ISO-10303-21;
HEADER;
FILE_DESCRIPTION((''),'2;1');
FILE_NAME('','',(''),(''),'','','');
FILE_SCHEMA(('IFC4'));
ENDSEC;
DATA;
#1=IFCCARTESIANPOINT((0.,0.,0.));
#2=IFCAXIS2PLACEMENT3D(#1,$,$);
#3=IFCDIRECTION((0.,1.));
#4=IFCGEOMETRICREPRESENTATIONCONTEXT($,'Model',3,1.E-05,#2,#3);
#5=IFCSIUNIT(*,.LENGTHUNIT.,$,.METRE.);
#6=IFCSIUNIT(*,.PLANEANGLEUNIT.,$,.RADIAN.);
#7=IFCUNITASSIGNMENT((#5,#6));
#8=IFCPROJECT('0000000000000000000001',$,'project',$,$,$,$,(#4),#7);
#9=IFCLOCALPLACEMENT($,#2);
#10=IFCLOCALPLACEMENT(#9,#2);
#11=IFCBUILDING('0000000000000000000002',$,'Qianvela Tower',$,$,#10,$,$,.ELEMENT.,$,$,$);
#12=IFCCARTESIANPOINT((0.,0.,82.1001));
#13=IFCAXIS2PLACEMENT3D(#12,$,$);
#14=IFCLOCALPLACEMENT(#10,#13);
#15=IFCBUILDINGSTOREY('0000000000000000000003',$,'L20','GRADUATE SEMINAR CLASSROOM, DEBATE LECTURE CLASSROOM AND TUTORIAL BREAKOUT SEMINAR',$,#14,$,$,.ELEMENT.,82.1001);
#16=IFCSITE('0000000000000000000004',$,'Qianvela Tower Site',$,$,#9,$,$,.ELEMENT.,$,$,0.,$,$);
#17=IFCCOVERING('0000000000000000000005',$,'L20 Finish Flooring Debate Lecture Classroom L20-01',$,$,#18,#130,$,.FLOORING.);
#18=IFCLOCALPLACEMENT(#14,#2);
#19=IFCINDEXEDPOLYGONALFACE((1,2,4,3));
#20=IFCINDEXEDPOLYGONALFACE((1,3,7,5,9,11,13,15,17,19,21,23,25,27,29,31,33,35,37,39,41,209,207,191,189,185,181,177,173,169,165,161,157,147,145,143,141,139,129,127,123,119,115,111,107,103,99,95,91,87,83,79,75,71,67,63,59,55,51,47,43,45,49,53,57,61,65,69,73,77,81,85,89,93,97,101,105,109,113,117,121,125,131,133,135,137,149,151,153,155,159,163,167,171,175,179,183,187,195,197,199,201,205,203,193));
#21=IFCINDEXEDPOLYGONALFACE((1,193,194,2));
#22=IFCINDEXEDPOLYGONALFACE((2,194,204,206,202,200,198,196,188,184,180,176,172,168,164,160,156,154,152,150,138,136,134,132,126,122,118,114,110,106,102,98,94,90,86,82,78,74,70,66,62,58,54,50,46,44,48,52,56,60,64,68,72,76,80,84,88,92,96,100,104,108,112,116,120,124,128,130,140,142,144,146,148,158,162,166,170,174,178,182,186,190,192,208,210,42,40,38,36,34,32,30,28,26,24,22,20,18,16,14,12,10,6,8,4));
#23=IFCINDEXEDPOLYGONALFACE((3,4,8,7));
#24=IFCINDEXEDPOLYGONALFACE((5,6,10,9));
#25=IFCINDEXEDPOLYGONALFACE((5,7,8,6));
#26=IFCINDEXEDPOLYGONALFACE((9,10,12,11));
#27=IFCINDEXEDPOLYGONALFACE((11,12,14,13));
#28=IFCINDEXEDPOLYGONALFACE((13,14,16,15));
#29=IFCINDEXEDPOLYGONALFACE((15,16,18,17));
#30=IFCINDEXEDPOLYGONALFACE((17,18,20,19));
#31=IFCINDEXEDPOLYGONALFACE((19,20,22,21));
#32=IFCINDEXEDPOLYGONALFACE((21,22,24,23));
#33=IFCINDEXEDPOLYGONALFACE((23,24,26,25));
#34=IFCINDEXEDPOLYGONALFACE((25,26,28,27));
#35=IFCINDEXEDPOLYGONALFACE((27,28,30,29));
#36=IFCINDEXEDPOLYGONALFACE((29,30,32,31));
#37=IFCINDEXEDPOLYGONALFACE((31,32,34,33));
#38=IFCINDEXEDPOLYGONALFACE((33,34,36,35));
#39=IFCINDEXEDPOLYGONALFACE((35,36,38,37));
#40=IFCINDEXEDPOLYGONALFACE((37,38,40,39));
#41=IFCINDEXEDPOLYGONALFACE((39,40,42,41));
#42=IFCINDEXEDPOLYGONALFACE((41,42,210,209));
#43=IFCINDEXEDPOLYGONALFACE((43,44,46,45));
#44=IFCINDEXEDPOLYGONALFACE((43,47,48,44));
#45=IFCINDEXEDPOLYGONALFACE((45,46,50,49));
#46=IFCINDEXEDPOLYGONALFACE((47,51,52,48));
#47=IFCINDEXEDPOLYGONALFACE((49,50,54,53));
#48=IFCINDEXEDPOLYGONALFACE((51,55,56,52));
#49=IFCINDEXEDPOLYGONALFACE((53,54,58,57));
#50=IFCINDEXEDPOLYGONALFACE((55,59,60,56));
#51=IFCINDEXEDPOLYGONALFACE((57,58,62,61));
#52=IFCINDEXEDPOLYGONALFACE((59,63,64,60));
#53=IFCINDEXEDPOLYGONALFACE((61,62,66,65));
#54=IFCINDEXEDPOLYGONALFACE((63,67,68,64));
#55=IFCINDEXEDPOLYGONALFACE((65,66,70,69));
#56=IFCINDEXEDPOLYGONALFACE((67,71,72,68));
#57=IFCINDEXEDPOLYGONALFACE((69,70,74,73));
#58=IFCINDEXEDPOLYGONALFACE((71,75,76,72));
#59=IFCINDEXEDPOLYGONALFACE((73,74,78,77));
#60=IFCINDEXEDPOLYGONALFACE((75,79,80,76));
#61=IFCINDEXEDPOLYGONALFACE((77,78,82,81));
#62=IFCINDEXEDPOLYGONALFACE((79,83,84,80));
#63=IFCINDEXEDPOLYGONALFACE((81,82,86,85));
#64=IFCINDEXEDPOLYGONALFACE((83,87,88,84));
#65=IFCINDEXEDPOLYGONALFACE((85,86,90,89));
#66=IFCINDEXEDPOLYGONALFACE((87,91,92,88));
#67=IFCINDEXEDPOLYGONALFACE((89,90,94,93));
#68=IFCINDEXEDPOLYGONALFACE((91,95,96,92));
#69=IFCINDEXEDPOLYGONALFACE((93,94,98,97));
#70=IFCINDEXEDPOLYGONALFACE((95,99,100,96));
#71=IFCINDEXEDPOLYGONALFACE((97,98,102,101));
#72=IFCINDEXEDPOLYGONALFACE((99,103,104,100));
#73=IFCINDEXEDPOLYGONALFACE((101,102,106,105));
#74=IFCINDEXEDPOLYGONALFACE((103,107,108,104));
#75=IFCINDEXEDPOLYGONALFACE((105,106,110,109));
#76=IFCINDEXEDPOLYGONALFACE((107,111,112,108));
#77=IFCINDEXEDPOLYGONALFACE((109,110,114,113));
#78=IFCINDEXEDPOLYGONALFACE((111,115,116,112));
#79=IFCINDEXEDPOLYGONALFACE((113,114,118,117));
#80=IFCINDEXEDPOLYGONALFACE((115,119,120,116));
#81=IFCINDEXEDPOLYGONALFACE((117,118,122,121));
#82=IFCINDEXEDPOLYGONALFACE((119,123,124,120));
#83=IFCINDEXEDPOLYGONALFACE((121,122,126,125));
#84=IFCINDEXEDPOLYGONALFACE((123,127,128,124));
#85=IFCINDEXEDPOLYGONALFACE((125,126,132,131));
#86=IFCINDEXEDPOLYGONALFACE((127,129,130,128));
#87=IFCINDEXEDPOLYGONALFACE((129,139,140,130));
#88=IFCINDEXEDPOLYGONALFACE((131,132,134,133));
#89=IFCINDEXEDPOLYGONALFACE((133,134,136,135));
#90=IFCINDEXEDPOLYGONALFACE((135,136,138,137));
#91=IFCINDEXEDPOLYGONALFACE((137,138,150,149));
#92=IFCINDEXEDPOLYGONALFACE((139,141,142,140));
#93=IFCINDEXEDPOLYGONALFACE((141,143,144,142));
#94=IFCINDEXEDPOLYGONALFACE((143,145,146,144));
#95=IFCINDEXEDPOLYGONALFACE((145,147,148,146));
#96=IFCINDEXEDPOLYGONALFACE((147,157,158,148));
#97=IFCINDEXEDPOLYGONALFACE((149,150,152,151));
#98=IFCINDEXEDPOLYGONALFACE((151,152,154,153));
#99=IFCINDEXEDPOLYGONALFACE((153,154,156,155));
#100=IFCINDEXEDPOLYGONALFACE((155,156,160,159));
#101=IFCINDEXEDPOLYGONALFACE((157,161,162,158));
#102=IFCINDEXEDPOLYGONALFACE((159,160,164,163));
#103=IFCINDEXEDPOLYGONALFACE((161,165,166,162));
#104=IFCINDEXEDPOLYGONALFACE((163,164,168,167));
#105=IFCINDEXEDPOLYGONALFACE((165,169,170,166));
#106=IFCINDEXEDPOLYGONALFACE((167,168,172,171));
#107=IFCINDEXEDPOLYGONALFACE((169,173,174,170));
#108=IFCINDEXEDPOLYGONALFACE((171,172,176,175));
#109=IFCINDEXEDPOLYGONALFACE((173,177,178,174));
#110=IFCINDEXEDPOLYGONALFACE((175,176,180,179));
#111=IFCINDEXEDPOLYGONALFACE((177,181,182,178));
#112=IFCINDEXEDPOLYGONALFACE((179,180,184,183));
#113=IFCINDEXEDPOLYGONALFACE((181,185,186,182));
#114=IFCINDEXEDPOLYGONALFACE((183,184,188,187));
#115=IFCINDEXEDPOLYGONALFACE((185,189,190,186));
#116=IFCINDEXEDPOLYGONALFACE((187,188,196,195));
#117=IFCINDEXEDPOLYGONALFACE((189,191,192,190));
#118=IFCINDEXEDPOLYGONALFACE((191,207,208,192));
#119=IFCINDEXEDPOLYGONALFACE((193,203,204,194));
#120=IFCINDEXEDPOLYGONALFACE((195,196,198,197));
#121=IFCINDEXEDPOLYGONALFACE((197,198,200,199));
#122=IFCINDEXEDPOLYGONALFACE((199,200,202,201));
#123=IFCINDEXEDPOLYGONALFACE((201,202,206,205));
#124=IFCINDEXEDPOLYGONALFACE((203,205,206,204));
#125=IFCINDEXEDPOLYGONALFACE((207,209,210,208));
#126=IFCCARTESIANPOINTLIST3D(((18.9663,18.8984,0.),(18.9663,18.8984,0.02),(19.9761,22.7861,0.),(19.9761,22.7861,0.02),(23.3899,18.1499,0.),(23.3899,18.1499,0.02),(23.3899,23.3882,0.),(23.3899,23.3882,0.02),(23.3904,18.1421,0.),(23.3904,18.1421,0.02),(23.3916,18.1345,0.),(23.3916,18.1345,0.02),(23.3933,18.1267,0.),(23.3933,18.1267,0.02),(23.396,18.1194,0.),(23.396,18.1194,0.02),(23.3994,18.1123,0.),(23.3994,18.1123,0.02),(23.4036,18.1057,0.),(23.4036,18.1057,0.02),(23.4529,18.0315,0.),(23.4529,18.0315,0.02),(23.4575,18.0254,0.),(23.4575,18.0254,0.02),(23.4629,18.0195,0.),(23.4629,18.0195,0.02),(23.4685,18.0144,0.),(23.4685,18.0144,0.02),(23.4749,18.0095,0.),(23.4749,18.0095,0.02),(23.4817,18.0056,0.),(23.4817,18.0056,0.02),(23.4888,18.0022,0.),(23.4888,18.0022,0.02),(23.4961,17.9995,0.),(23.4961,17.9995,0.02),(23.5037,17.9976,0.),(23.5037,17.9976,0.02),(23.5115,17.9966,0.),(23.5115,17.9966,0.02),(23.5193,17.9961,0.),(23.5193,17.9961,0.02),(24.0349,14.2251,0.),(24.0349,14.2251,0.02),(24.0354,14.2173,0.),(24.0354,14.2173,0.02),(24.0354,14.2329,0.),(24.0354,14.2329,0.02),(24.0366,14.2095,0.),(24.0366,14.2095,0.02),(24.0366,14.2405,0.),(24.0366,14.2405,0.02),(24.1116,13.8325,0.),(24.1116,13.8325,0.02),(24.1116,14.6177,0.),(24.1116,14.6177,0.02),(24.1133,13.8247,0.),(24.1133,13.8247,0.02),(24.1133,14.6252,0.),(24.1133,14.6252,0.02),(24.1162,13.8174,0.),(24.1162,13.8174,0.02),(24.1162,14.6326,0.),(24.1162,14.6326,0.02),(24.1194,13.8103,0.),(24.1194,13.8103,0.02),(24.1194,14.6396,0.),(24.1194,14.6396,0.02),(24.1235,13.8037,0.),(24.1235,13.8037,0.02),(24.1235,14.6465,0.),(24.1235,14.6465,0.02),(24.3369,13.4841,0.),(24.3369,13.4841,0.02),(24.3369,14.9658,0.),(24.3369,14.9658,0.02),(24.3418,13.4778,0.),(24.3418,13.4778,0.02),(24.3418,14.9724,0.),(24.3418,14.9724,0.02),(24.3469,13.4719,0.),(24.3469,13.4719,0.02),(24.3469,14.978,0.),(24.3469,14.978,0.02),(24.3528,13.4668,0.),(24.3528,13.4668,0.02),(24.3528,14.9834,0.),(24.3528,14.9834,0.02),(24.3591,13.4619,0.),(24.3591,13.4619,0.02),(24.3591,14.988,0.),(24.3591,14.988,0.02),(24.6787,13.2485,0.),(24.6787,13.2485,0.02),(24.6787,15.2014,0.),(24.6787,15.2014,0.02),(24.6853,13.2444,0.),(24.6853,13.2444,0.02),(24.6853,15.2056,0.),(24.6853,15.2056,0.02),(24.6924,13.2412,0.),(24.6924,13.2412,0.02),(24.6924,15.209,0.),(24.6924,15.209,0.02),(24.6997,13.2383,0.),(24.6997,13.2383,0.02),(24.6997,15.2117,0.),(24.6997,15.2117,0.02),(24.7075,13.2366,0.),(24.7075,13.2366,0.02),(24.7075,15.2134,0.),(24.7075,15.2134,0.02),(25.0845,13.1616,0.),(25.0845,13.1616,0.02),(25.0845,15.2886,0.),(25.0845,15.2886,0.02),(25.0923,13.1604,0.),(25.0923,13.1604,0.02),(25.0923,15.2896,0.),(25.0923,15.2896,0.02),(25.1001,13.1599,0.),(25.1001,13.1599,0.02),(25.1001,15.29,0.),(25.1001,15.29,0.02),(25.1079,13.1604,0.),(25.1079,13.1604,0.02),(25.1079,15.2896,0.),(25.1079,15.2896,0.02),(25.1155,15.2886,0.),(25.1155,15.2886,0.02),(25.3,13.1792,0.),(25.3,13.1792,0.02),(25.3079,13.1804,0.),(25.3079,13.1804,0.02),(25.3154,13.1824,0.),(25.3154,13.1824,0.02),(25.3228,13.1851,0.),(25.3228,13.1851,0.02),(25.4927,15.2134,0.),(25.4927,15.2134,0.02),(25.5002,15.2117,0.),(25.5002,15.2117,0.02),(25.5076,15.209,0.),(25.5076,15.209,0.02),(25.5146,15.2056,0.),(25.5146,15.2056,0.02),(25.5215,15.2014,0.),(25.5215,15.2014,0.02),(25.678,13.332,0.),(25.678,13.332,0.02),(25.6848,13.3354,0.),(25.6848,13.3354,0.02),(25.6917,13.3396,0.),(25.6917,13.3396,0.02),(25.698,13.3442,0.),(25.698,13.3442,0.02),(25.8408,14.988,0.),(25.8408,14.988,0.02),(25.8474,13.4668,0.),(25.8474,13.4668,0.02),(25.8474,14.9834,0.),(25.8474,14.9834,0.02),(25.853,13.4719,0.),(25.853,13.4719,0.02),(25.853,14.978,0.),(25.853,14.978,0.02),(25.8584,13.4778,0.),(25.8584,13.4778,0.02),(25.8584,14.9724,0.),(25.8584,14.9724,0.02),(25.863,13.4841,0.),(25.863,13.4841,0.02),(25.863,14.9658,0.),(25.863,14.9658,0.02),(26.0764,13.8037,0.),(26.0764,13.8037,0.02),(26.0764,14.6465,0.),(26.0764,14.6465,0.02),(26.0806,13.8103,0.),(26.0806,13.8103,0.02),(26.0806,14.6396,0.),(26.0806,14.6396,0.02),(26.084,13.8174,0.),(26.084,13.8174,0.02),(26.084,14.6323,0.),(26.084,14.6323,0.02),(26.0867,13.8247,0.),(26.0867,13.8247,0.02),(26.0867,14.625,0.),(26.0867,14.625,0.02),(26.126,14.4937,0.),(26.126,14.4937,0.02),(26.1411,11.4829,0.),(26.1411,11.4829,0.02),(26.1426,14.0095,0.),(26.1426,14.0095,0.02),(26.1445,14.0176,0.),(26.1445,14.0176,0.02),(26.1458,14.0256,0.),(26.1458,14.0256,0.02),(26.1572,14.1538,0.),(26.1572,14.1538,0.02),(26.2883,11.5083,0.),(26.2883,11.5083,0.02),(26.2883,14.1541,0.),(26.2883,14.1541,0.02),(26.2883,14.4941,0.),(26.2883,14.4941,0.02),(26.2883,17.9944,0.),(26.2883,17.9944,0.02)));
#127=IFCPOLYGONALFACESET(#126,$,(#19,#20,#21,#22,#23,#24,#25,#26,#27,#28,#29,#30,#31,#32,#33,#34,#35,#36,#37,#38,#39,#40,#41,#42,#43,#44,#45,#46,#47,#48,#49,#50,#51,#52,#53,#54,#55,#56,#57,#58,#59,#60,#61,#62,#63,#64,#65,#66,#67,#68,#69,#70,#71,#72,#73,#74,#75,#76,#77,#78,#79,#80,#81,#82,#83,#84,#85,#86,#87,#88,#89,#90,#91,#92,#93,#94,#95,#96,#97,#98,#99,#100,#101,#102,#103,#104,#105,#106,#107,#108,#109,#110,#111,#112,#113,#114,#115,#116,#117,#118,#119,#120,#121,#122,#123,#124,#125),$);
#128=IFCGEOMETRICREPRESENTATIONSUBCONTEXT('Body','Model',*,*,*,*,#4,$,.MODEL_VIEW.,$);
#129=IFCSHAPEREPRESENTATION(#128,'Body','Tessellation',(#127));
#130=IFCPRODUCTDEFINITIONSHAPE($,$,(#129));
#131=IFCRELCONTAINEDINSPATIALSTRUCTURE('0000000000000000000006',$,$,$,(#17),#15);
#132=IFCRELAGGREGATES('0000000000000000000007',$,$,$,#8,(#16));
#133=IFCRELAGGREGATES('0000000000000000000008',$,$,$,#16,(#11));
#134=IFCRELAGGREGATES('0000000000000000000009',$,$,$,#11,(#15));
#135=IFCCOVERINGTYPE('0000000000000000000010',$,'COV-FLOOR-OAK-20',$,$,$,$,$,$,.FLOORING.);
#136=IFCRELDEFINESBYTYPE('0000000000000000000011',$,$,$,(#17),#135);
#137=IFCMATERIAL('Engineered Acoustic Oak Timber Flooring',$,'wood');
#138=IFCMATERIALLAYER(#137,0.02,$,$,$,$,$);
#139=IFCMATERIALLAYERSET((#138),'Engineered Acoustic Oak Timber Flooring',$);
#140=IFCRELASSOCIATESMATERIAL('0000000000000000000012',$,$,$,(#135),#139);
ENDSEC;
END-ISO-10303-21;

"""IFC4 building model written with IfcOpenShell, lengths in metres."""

from ifc_helpers import new_model, si_unit, direction, frame, origin, place, context, subcontext, project, spatial, polyline, outline, extrude, material, layer, layer_set, type_object, element, save


model = new_model("IFC4")

# Units and contexts
model_context = context("Model", 3, precision=1e-05, world=origin(), true_north=direction((0.0, 1.0)))
body_context = subcontext(model_context, "Body", "Model", "MODEL_VIEW")
ifc_project = project(units=[si_unit("LENGTHUNIT", "METRE"), si_unit("PLANEANGLEUNIT", "RADIAN")], contexts=[model_context])

# Site, building, storey
site_placement = place(None, origin())
site = spatial("IfcSite", under=ifc_project, at=site_placement, Name="Qianvela Tower Site", CompositionType="ELEMENT", RefElevation=0.0)
building_placement = place(site_placement, origin())
building = spatial("IfcBuilding", under=site, at=building_placement, Name="Qianvela Tower", CompositionType="ELEMENT")
storey_placement = place(building_placement, frame((0.0, 0.0, 82.1001)))
storey = spatial("IfcBuildingStorey", under=building, at=storey_placement, Name="L20", Description="GRADUATE SEMINAR CLASSROOM, DEBATE LECTURE CLASSROOM AND TUTORIAL BREAKOUT SEMINAR", CompositionType="ELEMENT", Elevation=82.1001)

# Covering
ifc_material_1 = material(Name="Engineered Acoustic Oak Timber Flooring", Category="wood")
ifc_layer_1 = layer(ifc_material_1, 0.02)
ifc_layer_set_1 = layer_set([ifc_layer_1], Name="Engineered Acoustic Oak Timber Flooring")
covering_type_1 = type_object("IfcCoveringType", Name="COV-FLOOR-OAK-20", PredefinedType="FLOORING", material=ifc_layer_set_1)
covering_1_placement = place(storey_placement, origin())
element("IfcCovering", 1, at=covering_1_placement, inside=storey, type_object=covering_type_1, Name="L20 Finish Flooring Debate Lecture Classroom L20-01", PredefinedType="FLOORING", context=body_context, shape_type="SweptSolid", body=[
    extrude(outline(polyline([(23.4529, 18.0315), (23.4575, 18.0254), (23.4629, 18.0195), (23.4685, 18.0144), (23.4749, 18.0095), (23.4817, 18.0056), (23.4888, 18.0022), (23.4961, 17.9995), (23.5037, 17.9976), (23.5115, 17.9966), (23.5193, 17.9961), (26.2883, 17.9944), (26.2883, 14.4941), (26.126, 14.4937), (26.0867, 14.625), (26.084, 14.6323), (26.0806, 14.6396), (26.0764, 14.6465), (25.863, 14.9658), (25.8584, 14.9724), (25.853, 14.978), (25.8474, 14.9834), (25.8408, 14.988), (25.5215, 15.2014), (25.5146, 15.2056), (25.5076, 15.209), (25.5002, 15.2117), (25.4927, 15.2134), (25.1155, 15.2886), (25.1079, 15.2896), (25.1001, 15.29), (25.0923, 15.2896), (25.0845, 15.2886), (24.7075, 15.2134), (24.6997, 15.2117), (24.6924, 15.209), (24.6853, 15.2056), (24.6787, 15.2014), (24.3591, 14.988), (24.3528, 14.9834), (24.3469, 14.978), (24.3418, 14.9724), (24.3369, 14.9658), (24.1235, 14.6465), (24.1194, 14.6396), (24.1162, 14.6326), (24.1133, 14.6252), (24.1116, 14.6177), (24.0366, 14.2405), (24.0354, 14.2329), (24.0349, 14.2251), (24.0354, 14.2173), (24.0366, 14.2095), (24.1116, 13.8325), (24.1133, 13.8247), (24.1162, 13.8174), (24.1194, 13.8103), (24.1235, 13.8037), (24.3369, 13.4841), (24.3418, 13.4778), (24.3469, 13.4719), (24.3528, 13.4668), (24.3591, 13.4619), (24.6787, 13.2485), (24.6853, 13.2444), (24.6924, 13.2412), (24.6997, 13.2383), (24.7075, 13.2366), (25.0845, 13.1616), (25.0923, 13.1604), (25.1001, 13.1599), (25.1079, 13.1604), (25.3, 13.1792), (25.3079, 13.1804), (25.3154, 13.1824), (25.3228, 13.1851), (25.678, 13.332), (25.6848, 13.3354), (25.6917, 13.3396), (25.698, 13.3442), (25.8474, 13.4668), (25.853, 13.4719), (25.8584, 13.4778), (25.863, 13.4841), (26.0764, 13.8037), (26.0806, 13.8103), (26.084, 13.8174), (26.0867, 13.8247), (26.1426, 14.0095), (26.1445, 14.0176), (26.1458, 14.0256), (26.1572, 14.1538), (26.2883, 14.1541), (26.2883, 11.5083), (26.1411, 11.4829), (18.9663, 18.8984), (19.9761, 22.7861), (23.3899, 23.3882), (23.3899, 18.1499), (23.3904, 18.1421), (23.3916, 18.1345), (23.3933, 18.1267), (23.396, 18.1194), (23.3994, 18.1123), (23.4036, 18.1057), (23.4529, 18.0315)])), origin(), (0.0, 0.0, 1.0), 0.02),
])

save(model, "model.ifc")
